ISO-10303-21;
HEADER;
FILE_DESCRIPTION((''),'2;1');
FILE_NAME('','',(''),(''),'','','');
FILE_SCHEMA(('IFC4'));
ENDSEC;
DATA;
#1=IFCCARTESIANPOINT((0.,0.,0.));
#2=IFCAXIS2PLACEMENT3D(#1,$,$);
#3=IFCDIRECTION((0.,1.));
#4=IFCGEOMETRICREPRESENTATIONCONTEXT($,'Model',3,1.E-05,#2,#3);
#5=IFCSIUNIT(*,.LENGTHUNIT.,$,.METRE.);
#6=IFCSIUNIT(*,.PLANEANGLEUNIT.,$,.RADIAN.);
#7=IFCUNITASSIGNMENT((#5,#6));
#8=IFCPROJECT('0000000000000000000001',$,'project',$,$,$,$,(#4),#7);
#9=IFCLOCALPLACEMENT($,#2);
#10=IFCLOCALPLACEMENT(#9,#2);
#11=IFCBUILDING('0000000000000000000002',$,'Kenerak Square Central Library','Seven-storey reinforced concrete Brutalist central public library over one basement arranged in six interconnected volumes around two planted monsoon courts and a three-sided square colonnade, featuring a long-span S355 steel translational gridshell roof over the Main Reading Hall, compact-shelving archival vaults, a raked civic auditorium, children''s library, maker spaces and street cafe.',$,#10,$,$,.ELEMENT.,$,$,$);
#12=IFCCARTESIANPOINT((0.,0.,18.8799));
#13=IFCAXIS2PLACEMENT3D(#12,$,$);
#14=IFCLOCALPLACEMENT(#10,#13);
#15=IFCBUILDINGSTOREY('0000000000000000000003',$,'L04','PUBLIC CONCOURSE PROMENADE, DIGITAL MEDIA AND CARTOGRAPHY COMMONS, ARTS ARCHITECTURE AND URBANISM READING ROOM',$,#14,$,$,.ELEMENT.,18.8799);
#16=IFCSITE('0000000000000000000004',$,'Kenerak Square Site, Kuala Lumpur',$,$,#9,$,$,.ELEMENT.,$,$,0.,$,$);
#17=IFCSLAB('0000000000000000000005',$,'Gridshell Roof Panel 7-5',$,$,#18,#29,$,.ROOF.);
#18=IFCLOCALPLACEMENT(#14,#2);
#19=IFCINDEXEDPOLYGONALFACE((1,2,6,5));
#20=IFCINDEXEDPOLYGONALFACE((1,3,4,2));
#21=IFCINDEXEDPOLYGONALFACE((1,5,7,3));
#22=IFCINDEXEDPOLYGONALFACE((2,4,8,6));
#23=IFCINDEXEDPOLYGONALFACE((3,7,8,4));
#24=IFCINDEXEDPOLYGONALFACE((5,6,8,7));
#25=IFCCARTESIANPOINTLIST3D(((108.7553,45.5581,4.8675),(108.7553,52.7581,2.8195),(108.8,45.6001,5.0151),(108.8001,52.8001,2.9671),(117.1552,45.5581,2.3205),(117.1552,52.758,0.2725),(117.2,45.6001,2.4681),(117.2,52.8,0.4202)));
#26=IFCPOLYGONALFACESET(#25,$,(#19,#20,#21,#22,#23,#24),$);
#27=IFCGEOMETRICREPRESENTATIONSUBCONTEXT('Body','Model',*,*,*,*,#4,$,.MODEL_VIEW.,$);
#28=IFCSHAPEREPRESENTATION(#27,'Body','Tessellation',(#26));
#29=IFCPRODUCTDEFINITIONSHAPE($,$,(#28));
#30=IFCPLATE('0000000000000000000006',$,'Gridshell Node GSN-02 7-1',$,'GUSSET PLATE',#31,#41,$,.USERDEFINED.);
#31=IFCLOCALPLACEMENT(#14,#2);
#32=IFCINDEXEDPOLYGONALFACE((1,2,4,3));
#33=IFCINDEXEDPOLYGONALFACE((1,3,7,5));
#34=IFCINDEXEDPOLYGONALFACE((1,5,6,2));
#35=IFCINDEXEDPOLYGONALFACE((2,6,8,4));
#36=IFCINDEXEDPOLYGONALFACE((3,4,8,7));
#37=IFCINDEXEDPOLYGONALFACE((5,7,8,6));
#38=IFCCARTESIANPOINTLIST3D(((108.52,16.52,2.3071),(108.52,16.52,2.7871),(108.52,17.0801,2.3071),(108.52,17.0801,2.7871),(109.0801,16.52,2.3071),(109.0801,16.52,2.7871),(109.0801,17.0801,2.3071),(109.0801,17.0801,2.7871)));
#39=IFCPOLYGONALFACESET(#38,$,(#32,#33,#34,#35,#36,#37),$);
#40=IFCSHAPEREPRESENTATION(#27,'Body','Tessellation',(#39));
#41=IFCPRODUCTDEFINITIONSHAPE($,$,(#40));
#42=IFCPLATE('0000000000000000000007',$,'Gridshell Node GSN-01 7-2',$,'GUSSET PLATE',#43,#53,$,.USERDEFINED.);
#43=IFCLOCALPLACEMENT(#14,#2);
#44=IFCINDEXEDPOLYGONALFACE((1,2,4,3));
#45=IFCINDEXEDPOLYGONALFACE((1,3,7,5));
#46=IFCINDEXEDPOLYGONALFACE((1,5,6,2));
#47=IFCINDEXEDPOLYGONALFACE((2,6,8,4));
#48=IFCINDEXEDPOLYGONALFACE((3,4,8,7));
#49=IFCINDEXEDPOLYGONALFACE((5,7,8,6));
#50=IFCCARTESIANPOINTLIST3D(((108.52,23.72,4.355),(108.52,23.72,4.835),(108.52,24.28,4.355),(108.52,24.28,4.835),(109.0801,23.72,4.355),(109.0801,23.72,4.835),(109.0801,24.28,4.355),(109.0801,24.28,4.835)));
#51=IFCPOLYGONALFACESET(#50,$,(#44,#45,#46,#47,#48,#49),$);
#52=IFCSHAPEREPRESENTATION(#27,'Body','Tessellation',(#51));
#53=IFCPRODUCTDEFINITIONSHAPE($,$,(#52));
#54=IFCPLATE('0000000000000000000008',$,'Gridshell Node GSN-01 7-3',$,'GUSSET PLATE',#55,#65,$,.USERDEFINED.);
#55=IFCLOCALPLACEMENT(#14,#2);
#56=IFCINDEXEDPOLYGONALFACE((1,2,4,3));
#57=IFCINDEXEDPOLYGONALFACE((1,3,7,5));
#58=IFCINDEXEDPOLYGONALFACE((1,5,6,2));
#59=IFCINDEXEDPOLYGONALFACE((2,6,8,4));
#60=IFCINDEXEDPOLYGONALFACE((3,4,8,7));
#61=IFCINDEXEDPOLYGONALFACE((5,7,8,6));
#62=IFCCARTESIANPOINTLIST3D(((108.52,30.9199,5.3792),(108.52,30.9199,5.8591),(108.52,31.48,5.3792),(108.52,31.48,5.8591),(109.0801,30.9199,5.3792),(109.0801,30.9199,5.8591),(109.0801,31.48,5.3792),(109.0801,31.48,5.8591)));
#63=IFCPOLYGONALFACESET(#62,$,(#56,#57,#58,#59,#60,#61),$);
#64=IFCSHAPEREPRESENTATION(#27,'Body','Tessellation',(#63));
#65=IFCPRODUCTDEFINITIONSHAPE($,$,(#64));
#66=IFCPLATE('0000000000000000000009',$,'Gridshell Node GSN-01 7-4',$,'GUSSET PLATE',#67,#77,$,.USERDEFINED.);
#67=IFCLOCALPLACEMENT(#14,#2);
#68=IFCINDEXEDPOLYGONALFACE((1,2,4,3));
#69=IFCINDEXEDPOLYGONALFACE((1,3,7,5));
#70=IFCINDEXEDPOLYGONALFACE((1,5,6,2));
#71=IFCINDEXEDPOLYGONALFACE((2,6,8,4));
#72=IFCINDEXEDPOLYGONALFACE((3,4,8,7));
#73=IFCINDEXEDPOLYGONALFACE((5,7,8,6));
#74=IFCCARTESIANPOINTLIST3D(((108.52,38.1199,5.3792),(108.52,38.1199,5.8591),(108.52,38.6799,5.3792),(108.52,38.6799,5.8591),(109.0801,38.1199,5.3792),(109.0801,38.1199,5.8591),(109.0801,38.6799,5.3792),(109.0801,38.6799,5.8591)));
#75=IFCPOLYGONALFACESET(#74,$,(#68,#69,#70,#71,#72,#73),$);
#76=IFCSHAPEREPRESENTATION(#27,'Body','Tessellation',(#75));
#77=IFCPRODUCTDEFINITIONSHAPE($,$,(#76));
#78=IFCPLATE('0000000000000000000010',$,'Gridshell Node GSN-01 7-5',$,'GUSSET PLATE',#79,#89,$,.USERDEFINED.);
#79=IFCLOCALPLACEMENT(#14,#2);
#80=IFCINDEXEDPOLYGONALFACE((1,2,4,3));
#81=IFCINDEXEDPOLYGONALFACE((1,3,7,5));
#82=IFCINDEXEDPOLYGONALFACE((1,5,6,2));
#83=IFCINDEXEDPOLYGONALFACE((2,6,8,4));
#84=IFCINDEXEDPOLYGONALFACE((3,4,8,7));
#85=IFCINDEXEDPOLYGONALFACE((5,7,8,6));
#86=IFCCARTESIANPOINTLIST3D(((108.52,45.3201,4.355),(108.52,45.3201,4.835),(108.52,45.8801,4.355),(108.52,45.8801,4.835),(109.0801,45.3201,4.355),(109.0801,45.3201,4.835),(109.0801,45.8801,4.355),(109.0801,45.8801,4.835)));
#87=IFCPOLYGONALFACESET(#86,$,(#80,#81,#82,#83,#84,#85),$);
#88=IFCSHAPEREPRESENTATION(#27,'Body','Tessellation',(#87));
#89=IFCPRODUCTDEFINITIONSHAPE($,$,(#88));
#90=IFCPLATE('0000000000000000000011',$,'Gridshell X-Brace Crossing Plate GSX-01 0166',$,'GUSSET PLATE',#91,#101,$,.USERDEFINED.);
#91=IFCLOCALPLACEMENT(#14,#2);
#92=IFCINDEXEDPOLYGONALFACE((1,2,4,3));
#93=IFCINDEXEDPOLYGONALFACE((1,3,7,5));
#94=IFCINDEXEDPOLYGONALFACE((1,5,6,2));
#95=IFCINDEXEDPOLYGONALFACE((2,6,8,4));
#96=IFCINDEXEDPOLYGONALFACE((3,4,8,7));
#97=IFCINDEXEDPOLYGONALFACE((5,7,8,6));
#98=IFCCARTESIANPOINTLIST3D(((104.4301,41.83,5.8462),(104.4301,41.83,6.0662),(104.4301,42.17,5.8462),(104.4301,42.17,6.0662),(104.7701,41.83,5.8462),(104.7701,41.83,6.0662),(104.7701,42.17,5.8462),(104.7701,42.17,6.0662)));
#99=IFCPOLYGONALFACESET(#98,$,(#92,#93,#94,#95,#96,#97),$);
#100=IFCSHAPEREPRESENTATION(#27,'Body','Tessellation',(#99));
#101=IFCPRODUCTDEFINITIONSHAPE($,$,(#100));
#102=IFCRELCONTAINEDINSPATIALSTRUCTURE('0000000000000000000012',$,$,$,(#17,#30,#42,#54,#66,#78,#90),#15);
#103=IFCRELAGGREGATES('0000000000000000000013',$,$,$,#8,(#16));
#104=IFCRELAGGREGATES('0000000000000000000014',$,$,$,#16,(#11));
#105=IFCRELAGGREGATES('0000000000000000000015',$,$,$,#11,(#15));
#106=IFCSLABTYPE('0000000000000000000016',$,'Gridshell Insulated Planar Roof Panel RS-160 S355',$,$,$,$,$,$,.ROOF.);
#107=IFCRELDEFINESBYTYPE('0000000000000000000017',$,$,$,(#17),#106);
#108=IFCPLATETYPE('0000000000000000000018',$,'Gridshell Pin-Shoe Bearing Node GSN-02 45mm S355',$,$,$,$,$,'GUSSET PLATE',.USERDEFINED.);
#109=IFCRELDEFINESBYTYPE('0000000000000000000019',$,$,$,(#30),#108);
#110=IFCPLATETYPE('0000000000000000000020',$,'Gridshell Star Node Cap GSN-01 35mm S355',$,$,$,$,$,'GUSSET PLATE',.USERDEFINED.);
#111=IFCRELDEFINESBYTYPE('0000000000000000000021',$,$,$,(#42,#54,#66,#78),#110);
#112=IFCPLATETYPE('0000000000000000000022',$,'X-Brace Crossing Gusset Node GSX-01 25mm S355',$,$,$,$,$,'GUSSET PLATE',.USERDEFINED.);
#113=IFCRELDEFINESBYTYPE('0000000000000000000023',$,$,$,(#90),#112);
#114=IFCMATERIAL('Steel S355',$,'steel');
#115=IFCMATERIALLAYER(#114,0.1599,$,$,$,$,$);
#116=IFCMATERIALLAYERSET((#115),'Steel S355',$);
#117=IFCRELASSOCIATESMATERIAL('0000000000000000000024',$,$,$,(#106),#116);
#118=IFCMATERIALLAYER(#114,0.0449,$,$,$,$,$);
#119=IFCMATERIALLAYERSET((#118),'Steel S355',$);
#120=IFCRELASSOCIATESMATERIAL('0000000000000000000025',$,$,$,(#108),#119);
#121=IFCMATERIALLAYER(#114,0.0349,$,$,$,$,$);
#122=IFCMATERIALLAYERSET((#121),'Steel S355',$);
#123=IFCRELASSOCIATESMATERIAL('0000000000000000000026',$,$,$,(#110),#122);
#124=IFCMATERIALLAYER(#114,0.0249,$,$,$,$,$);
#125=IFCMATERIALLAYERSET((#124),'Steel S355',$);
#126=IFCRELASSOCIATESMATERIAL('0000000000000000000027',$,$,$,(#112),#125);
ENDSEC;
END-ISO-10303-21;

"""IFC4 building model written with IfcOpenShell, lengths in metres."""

from ifc_helpers import new_model, si_unit, direction, frame, origin, origin_2d, place, context, subcontext, project, spatial, polyline, rectangle, outline, extrude, material, layer, layer_set, type_object, element, save


model = new_model("IFC4")

# Units and contexts
model_context = context("Model", 3, precision=1e-05, world=origin(), true_north=direction((0.0, 1.0)))
body_context = subcontext(model_context, "Body", "Model", "MODEL_VIEW")
ifc_project = project(units=[si_unit("LENGTHUNIT", "METRE"), si_unit("PLANEANGLEUNIT", "RADIAN")], contexts=[model_context])

# Site, building, storey
site_placement = place(None, origin())
site = spatial("IfcSite", under=ifc_project, at=site_placement, Name="Kenerak Square Site, Kuala Lumpur", CompositionType="ELEMENT", RefElevation=0.0)
building_placement = place(site_placement, origin())
building = spatial("IfcBuilding", under=site, at=building_placement, Name="Kenerak Square Central Library", Description="Seven-storey reinforced concrete Brutalist central public library over one basement arranged in six interconnected volumes around two planted monsoon courts and a three-sided square colonnade, featuring a long-span S355 steel translational gridshell roof over the Main Reading Hall, compact-shelving archival vaults, a raked civic auditorium, children's library, maker spaces and street cafe.", CompositionType="ELEMENT")
storey_placement = place(building_placement, frame((0.0, 0.0, 18.8799)))
storey = spatial("IfcBuildingStorey", under=building, at=storey_placement, Name="L04", Description="PUBLIC CONCOURSE PROMENADE, DIGITAL MEDIA AND CARTOGRAPHY COMMONS, ARTS ARCHITECTURE AND URBANISM READING ROOM", CompositionType="ELEMENT", Elevation=18.8799)

# Shared definitions
ifc_material = material(Name="Steel S355", Category="steel")

# Slab
ifc_layer_1 = layer(ifc_material, 0.1599)
ifc_layer_set_1 = layer_set([ifc_layer_1], Name="Steel S355")
slab_type = type_object("IfcSlabType", Name="Gridshell Insulated Planar Roof Panel RS-160 S355", PredefinedType="ROOF", material=ifc_layer_set_1)
slab_1_placement = place(storey_placement, frame((108.8, 45.6001, 5.0151), z_axis=(0.279984, 0.262648, 0.923377), x_axis=(0.956974, 0.000003, -0.290172)))
element("IfcSlab", 1, at=slab_1_placement, inside=storey, type_object=slab_type, Name="Gridshell Roof Panel 7-5", PredefinedType="ROOF", context=body_context, shape_type="SweptSolid", body=[
    extrude(outline(polyline([(0.0, 0.0), (8.7776, 0.0), (9.3718, 7.4619), (0.5943, 7.462), (0.0, 0.0)])), origin(), (0.0, 0.0, -1.0), 0.1599),
])

# Plates
ifc_layer_2 = layer(ifc_material, 0.0449)
ifc_layer_set_2 = layer_set([ifc_layer_2], Name="Steel S355")
plate_type_1 = type_object("IfcPlateType", Name="Gridshell Pin-Shoe Bearing Node GSN-02 45mm S355", ElementType="GUSSET PLATE", PredefinedType="USERDEFINED", material=ifc_layer_set_2)
plate_1_placement = place(storey_placement, frame((108.8, 16.8, 2.3071), z_axis=(0.0, 0.0, 1.0), x_axis=(1.0, 0.0, 0.0)))
element("IfcPlate", 2, at=plate_1_placement, inside=storey, type_object=plate_type_1, Name="Gridshell Node GSN-02 7-1", ObjectType="GUSSET PLATE", PredefinedType="USERDEFINED", context=body_context, shape_type="SweptSolid", body=[
    extrude(rectangle(XDim=0.5601, YDim=0.5601, at=origin_2d()), origin(), (0.0, 0.0, 1.0), 0.48),
])
ifc_layer_3 = layer(ifc_material, 0.0349)
ifc_layer_set_3 = layer_set([ifc_layer_3], Name="Steel S355")
plate_type_2 = type_object("IfcPlateType", Name="Gridshell Star Node Cap GSN-01 35mm S355", ElementType="GUSSET PLATE", PredefinedType="USERDEFINED", material=ifc_layer_set_3)
for number, where, z_axis, x_axis, name in (
    (3, (108.8, 24.0, 4.355), (0.0, 0.0, 1.0), (1.0, 0.0, 0.0), "Gridshell Node GSN-01 7-2"),
    (4, (108.8, 31.2, 5.3792), (0.0, 0.0, 1.0), (1.0, 0.0, 0.0), "Gridshell Node GSN-01 7-3"),
    (5, (108.8, 38.3999, 5.3792), (0.0, 0.0, 1.0), (1.0, 0.0, 0.0), "Gridshell Node GSN-01 7-4"),
    (6, (108.8, 45.6001, 4.355), (0.0, 0.0, 1.0), (1.0, 0.0, 0.0), "Gridshell Node GSN-01 7-5"),
):
    element("IfcPlate", number, at=place(storey_placement, frame(where, z_axis=z_axis, x_axis=x_axis)), inside=storey, type_object=plate_type_2, Name=name, ObjectType="GUSSET PLATE", PredefinedType="USERDEFINED", context=body_context, shape_type="SweptSolid", body=[
        extrude(rectangle(XDim=0.5601, YDim=0.5601, at=origin_2d()), origin(), (0.0, 0.0, 1.0), 0.48),
    ])
ifc_layer_4 = layer(ifc_material, 0.0249)
ifc_layer_set_4 = layer_set([ifc_layer_4], Name="Steel S355")
plate_type_3 = type_object("IfcPlateType", Name="X-Brace Crossing Gusset Node GSX-01 25mm S355", ElementType="GUSSET PLATE", PredefinedType="USERDEFINED", material=ifc_layer_set_4)
plate_2_placement = place(storey_placement, frame((104.6001, 42.0, 5.8462), z_axis=(0.0, 0.0, 1.0), x_axis=(1.0, 0.0, 0.0)))
element("IfcPlate", 7, at=plate_2_placement, inside=storey, type_object=plate_type_3, Name="Gridshell X-Brace Crossing Plate GSX-01 0166", ObjectType="GUSSET PLATE", PredefinedType="USERDEFINED", context=body_context, shape_type="SweptSolid", body=[
    extrude(rectangle(XDim=0.3401, YDim=0.3401, at=origin_2d()), origin(), (0.0, 0.0, 1.0), 0.22),
])

save(model, "model.ifc")
